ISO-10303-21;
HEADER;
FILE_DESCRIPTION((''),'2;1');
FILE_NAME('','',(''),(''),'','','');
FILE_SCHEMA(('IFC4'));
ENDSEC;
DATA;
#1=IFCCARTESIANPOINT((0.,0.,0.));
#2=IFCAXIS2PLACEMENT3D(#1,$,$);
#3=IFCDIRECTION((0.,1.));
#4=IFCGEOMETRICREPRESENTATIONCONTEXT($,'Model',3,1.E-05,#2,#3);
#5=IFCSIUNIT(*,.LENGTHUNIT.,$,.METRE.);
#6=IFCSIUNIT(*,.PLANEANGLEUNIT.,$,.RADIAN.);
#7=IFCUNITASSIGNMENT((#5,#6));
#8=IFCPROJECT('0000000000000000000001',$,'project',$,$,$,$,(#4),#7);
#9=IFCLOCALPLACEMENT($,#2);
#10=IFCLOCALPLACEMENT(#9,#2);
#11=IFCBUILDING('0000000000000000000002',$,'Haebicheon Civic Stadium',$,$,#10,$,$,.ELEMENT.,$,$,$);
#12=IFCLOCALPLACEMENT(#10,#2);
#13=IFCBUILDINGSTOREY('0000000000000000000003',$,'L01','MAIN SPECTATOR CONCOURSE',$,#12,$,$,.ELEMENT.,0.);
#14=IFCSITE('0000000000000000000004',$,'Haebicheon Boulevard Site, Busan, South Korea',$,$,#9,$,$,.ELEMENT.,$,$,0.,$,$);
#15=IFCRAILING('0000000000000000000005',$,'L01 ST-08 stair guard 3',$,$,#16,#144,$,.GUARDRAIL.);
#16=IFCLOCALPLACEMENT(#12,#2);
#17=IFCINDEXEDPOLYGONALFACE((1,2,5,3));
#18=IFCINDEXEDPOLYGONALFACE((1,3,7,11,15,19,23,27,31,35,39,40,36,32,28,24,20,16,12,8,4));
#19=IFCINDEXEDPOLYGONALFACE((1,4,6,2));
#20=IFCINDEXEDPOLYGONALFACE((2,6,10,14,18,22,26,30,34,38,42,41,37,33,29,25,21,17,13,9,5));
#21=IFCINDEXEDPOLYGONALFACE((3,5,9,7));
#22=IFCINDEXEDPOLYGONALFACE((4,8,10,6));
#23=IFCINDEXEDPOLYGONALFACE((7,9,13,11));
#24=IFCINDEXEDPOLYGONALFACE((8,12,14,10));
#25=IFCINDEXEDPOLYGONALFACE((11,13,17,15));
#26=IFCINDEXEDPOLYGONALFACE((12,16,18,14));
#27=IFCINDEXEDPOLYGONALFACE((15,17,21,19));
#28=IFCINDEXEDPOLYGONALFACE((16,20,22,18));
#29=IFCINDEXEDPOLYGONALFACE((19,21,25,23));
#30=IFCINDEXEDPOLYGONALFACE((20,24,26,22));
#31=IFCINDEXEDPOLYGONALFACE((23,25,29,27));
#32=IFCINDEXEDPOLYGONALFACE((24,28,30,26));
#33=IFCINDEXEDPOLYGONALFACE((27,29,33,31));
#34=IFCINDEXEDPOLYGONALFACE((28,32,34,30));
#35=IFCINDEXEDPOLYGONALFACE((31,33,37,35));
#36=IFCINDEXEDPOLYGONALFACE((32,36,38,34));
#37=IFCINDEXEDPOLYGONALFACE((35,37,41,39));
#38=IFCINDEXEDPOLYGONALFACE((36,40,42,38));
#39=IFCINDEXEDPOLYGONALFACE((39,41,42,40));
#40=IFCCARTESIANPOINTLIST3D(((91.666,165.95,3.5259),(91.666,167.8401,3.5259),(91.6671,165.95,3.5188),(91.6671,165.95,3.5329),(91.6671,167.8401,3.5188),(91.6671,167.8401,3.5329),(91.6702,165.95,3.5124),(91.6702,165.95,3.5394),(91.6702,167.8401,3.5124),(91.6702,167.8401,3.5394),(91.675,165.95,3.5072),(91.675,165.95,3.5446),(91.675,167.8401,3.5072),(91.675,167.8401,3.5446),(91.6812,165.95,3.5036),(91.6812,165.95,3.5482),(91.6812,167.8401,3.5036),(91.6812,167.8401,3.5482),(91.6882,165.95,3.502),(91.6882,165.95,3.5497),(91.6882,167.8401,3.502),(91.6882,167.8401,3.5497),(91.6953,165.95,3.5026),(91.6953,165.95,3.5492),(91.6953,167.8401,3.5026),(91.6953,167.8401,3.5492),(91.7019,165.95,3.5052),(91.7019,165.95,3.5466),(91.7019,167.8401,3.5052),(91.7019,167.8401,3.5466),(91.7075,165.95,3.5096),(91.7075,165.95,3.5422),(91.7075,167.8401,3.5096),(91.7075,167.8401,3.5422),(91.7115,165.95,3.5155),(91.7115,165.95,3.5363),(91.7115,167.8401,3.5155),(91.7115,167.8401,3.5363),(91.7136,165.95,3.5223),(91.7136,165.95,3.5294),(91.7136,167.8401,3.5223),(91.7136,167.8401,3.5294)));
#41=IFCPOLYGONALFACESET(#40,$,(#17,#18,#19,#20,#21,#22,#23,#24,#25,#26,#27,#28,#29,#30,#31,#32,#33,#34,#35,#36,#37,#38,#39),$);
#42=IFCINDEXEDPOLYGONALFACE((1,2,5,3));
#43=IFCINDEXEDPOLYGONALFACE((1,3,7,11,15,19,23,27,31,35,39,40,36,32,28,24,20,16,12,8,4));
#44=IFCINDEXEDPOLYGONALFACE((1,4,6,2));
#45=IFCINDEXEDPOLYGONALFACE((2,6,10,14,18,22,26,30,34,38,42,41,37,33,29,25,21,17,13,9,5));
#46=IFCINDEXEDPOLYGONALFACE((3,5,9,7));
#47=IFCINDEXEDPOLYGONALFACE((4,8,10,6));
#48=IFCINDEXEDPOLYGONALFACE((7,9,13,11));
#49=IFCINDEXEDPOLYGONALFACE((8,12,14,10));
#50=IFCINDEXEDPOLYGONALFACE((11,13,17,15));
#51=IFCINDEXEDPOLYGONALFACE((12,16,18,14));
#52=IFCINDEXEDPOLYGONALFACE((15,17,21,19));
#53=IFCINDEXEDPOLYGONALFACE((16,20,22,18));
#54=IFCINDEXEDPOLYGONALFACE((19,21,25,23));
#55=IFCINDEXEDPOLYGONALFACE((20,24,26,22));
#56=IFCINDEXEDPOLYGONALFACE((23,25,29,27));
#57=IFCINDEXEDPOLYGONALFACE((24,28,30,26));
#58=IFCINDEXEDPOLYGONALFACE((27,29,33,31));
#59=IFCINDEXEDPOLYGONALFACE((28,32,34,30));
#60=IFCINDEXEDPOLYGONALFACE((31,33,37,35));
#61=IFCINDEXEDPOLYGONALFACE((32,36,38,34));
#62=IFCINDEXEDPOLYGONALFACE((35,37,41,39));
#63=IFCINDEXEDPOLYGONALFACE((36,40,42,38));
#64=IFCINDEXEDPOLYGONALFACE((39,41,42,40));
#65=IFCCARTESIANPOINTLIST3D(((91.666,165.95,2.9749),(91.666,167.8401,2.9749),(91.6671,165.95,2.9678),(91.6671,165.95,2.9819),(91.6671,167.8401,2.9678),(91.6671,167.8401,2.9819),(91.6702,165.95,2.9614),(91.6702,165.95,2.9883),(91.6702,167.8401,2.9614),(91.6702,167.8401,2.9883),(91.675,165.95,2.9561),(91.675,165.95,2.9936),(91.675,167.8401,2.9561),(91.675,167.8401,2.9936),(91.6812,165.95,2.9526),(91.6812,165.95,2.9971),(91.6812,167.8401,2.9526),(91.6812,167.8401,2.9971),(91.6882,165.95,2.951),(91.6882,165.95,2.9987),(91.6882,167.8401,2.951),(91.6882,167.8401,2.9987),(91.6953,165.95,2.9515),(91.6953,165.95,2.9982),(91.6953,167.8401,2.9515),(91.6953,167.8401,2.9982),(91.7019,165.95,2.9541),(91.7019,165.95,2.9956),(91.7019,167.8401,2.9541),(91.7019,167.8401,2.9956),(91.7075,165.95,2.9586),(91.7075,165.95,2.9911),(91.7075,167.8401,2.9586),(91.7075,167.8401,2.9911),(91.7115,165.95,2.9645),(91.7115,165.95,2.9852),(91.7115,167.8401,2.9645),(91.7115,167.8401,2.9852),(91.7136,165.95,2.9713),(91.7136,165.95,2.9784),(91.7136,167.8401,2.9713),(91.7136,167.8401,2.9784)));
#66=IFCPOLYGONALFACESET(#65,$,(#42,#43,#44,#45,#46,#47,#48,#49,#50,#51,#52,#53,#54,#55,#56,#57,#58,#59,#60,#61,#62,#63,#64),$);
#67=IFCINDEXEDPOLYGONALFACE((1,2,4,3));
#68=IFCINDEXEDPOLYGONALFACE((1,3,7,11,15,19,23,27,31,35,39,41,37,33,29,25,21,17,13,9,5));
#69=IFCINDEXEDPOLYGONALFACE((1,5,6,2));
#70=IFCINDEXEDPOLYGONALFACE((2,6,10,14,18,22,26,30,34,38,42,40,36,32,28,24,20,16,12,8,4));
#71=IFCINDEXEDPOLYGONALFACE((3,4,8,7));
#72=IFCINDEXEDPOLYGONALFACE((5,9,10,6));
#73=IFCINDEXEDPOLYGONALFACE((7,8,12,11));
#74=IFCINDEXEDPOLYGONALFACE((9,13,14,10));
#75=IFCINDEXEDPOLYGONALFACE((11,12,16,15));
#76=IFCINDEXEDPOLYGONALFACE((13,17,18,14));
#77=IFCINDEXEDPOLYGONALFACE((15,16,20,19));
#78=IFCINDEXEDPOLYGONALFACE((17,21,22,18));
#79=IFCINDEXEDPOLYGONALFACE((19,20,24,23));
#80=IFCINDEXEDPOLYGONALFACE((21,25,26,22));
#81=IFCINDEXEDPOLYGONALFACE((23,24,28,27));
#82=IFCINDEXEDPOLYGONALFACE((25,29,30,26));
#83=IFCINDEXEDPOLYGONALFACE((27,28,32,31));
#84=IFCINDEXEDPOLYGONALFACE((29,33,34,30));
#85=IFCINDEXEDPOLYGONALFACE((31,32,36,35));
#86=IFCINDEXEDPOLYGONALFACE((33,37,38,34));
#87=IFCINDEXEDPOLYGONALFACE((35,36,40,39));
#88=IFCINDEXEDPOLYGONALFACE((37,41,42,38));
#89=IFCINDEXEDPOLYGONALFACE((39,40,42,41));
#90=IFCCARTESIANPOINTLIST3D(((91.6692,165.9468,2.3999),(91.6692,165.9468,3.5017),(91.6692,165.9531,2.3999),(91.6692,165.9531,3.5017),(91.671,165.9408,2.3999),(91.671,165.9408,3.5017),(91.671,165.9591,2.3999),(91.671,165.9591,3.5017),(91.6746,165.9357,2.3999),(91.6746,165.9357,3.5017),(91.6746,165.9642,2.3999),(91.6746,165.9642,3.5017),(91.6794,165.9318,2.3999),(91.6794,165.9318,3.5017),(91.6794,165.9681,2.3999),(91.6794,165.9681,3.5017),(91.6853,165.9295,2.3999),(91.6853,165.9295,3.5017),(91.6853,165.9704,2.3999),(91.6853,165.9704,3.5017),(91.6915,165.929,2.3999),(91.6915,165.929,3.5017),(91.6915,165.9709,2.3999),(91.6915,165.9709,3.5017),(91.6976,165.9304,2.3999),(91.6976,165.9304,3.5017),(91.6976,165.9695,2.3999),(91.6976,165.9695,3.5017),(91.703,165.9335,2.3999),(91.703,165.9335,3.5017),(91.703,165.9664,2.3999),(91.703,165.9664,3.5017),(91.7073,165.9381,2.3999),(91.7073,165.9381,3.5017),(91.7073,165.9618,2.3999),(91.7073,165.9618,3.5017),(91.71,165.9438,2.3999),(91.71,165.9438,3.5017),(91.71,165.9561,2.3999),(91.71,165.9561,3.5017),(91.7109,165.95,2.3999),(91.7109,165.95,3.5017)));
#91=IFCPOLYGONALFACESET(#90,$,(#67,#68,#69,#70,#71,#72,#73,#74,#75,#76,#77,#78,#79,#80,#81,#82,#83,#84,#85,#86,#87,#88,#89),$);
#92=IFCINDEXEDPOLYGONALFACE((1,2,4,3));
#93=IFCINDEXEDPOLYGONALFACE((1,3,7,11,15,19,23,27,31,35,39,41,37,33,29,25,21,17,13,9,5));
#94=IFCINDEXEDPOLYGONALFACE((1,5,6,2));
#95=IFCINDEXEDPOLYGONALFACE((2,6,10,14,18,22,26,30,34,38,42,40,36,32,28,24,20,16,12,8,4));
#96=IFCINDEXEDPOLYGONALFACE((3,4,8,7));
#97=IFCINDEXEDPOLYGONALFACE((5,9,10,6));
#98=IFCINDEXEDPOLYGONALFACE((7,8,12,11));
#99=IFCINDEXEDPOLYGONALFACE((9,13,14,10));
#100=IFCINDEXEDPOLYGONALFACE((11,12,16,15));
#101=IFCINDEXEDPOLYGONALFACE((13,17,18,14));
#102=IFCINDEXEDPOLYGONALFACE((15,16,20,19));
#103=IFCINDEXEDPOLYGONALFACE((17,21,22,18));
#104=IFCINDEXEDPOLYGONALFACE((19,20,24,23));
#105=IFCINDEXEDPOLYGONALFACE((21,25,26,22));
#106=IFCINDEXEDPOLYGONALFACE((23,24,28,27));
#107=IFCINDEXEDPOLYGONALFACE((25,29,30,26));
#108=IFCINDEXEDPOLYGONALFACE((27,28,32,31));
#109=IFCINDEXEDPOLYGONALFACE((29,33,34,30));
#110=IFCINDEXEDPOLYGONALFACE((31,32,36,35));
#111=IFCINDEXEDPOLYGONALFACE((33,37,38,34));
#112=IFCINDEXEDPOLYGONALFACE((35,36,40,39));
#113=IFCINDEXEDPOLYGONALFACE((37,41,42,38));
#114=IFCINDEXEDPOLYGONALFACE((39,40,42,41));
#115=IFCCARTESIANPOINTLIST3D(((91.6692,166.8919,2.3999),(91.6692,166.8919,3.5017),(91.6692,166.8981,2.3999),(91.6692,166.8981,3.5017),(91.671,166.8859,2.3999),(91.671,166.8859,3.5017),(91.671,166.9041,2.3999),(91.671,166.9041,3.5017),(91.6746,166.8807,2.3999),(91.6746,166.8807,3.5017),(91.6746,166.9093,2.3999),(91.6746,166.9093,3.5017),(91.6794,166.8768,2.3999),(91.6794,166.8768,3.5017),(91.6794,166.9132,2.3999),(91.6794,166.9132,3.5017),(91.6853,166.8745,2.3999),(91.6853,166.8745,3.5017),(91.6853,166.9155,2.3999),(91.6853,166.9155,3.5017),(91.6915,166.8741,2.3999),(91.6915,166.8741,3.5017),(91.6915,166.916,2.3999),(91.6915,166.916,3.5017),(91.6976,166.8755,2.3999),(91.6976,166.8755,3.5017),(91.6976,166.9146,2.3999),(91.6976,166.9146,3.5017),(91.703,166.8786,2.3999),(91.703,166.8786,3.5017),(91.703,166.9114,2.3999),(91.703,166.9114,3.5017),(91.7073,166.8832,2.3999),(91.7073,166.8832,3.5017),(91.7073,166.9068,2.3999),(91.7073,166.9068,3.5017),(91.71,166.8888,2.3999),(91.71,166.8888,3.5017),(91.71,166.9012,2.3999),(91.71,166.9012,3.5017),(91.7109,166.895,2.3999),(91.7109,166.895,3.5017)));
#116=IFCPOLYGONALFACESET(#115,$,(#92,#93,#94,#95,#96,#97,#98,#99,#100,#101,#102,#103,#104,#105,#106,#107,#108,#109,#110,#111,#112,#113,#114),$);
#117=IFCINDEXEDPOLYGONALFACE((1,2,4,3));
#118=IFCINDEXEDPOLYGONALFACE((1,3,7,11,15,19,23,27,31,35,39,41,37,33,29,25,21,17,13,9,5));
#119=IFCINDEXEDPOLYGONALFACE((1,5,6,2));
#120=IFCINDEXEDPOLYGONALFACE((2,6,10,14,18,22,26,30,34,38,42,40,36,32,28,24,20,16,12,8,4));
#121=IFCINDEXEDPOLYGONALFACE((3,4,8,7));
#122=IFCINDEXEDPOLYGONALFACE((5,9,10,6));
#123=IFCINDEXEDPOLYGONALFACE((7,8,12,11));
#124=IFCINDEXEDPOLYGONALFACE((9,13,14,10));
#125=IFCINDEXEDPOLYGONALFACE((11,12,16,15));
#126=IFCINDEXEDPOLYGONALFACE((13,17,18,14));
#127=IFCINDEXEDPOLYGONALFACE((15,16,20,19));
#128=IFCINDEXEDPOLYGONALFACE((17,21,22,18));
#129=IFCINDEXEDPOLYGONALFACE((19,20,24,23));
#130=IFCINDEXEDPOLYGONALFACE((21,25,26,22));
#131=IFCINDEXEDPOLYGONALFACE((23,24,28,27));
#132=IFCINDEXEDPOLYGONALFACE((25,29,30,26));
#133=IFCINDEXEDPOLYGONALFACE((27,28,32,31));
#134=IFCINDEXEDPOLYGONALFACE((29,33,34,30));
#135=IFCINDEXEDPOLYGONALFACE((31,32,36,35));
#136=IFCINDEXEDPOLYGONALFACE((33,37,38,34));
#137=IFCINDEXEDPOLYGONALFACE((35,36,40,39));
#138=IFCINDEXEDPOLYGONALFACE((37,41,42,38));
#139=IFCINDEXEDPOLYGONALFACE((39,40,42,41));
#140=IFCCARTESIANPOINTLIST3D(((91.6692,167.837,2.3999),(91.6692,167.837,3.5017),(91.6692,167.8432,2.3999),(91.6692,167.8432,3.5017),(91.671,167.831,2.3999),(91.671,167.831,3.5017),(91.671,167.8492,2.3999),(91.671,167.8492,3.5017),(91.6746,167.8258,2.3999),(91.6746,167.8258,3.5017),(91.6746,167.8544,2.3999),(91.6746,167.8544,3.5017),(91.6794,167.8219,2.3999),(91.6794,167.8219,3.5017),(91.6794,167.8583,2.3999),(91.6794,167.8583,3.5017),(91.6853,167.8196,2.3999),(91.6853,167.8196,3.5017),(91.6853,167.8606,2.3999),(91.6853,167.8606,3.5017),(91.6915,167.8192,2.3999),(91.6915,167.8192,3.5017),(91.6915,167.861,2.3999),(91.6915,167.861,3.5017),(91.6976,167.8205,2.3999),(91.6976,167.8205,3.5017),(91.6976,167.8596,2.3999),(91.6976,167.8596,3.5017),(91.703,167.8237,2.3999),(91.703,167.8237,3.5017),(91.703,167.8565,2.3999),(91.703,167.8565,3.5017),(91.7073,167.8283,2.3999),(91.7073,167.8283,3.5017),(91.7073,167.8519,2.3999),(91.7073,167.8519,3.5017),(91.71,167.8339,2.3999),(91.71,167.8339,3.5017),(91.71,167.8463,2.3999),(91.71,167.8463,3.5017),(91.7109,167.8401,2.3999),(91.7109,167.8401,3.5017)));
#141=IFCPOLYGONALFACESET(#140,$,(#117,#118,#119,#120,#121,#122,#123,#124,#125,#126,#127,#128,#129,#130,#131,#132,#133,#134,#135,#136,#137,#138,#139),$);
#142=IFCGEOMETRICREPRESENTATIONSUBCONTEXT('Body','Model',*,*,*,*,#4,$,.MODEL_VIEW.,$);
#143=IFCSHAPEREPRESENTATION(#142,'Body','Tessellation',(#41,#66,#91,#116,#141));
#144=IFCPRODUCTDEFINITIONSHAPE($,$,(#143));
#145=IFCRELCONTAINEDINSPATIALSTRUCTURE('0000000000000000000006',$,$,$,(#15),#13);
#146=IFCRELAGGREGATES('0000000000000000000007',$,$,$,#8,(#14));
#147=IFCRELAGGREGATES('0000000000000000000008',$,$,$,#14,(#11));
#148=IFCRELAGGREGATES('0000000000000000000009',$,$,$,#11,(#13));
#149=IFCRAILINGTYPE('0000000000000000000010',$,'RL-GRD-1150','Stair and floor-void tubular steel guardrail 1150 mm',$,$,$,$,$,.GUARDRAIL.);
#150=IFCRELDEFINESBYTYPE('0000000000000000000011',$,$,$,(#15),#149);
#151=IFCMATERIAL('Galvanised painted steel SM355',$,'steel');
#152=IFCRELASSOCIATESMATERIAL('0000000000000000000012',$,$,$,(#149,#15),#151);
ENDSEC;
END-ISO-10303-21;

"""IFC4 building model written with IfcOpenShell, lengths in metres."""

from ifc_helpers import new_model, si_unit, direction, frame, origin, origin_2d, place, context, subcontext, project, spatial, circle, extrude, material, type_object, element, save


model = new_model("IFC4")

# Units and contexts
model_context = context("Model", 3, precision=1e-05, world=origin(), true_north=direction((0.0, 1.0)))
body_context = subcontext(model_context, "Body", "Model", "MODEL_VIEW")
ifc_project = project(units=[si_unit("LENGTHUNIT", "METRE"), si_unit("PLANEANGLEUNIT", "RADIAN")], contexts=[model_context])

# Site, building, storey
site_placement = place(None, origin())
site = spatial("IfcSite", under=ifc_project, at=site_placement, Name="Haebicheon Boulevard Site, Busan, South Korea", CompositionType="ELEMENT", RefElevation=0.0)
building_placement = place(site_placement, origin())
building = spatial("IfcBuilding", under=site, at=building_placement, Name="Haebicheon Civic Stadium", CompositionType="ELEMENT")
storey_placement = place(building_placement, origin())
storey = spatial("IfcBuildingStorey", under=building, at=storey_placement, Name="L01", Description="MAIN SPECTATOR CONCOURSE", CompositionType="ELEMENT", Elevation=0.0)

# Railing
ifc_material_1 = material(Name="Galvanised painted steel SM355", Category="steel")
railing_type_1 = type_object("IfcRailingType", Name="RL-GRD-1150", Description="Stair and floor-void tubular steel guardrail 1150 mm", PredefinedType="GUARDRAIL", material=ifc_material_1)
for number, where, name in (
    (1, (91.6899, 165.95, 2.3999), "L01 ST-08 stair guard 3"),
):
    element("IfcRailing", number, at=place(storey_placement, frame(where)), inside=storey, type_object=railing_type_1, material=ifc_material_1, Name=name, PredefinedType="GUARDRAIL", context=body_context, shape_type="SweptSolid", body=[
        extrude(circle(Radius=0.0239, at=origin_2d()), frame((0.0, 0.0, 1.126), z_axis=(0.0, 1.0, 0.0), x_axis=(-1.0, 0.0, 0.0)), (0.0, 0.0, 1.0), 1.8901),
        extrude(circle(Radius=0.0239, at=origin_2d()), frame((0.0, 0.0, 0.575), z_axis=(0.0, 1.0, 0.0), x_axis=(-1.0, 0.0, 0.0)), (0.0, 0.0, 1.0), 1.8901),
        extrude(circle(Radius=0.021, at=origin_2d()), origin(), (0.0, 0.0, 1.0), 1.1018),
        extrude(circle(Radius=0.021, at=origin_2d()), frame((0.0, 0.9451, 0.0)), (0.0, 0.0, 1.0), 1.1018),
        extrude(circle(Radius=0.021, at=origin_2d()), frame((0.0, 1.8901, 0.0)), (0.0, 0.0, 1.0), 1.1018),
    ])

save(model, "model.ifc")
